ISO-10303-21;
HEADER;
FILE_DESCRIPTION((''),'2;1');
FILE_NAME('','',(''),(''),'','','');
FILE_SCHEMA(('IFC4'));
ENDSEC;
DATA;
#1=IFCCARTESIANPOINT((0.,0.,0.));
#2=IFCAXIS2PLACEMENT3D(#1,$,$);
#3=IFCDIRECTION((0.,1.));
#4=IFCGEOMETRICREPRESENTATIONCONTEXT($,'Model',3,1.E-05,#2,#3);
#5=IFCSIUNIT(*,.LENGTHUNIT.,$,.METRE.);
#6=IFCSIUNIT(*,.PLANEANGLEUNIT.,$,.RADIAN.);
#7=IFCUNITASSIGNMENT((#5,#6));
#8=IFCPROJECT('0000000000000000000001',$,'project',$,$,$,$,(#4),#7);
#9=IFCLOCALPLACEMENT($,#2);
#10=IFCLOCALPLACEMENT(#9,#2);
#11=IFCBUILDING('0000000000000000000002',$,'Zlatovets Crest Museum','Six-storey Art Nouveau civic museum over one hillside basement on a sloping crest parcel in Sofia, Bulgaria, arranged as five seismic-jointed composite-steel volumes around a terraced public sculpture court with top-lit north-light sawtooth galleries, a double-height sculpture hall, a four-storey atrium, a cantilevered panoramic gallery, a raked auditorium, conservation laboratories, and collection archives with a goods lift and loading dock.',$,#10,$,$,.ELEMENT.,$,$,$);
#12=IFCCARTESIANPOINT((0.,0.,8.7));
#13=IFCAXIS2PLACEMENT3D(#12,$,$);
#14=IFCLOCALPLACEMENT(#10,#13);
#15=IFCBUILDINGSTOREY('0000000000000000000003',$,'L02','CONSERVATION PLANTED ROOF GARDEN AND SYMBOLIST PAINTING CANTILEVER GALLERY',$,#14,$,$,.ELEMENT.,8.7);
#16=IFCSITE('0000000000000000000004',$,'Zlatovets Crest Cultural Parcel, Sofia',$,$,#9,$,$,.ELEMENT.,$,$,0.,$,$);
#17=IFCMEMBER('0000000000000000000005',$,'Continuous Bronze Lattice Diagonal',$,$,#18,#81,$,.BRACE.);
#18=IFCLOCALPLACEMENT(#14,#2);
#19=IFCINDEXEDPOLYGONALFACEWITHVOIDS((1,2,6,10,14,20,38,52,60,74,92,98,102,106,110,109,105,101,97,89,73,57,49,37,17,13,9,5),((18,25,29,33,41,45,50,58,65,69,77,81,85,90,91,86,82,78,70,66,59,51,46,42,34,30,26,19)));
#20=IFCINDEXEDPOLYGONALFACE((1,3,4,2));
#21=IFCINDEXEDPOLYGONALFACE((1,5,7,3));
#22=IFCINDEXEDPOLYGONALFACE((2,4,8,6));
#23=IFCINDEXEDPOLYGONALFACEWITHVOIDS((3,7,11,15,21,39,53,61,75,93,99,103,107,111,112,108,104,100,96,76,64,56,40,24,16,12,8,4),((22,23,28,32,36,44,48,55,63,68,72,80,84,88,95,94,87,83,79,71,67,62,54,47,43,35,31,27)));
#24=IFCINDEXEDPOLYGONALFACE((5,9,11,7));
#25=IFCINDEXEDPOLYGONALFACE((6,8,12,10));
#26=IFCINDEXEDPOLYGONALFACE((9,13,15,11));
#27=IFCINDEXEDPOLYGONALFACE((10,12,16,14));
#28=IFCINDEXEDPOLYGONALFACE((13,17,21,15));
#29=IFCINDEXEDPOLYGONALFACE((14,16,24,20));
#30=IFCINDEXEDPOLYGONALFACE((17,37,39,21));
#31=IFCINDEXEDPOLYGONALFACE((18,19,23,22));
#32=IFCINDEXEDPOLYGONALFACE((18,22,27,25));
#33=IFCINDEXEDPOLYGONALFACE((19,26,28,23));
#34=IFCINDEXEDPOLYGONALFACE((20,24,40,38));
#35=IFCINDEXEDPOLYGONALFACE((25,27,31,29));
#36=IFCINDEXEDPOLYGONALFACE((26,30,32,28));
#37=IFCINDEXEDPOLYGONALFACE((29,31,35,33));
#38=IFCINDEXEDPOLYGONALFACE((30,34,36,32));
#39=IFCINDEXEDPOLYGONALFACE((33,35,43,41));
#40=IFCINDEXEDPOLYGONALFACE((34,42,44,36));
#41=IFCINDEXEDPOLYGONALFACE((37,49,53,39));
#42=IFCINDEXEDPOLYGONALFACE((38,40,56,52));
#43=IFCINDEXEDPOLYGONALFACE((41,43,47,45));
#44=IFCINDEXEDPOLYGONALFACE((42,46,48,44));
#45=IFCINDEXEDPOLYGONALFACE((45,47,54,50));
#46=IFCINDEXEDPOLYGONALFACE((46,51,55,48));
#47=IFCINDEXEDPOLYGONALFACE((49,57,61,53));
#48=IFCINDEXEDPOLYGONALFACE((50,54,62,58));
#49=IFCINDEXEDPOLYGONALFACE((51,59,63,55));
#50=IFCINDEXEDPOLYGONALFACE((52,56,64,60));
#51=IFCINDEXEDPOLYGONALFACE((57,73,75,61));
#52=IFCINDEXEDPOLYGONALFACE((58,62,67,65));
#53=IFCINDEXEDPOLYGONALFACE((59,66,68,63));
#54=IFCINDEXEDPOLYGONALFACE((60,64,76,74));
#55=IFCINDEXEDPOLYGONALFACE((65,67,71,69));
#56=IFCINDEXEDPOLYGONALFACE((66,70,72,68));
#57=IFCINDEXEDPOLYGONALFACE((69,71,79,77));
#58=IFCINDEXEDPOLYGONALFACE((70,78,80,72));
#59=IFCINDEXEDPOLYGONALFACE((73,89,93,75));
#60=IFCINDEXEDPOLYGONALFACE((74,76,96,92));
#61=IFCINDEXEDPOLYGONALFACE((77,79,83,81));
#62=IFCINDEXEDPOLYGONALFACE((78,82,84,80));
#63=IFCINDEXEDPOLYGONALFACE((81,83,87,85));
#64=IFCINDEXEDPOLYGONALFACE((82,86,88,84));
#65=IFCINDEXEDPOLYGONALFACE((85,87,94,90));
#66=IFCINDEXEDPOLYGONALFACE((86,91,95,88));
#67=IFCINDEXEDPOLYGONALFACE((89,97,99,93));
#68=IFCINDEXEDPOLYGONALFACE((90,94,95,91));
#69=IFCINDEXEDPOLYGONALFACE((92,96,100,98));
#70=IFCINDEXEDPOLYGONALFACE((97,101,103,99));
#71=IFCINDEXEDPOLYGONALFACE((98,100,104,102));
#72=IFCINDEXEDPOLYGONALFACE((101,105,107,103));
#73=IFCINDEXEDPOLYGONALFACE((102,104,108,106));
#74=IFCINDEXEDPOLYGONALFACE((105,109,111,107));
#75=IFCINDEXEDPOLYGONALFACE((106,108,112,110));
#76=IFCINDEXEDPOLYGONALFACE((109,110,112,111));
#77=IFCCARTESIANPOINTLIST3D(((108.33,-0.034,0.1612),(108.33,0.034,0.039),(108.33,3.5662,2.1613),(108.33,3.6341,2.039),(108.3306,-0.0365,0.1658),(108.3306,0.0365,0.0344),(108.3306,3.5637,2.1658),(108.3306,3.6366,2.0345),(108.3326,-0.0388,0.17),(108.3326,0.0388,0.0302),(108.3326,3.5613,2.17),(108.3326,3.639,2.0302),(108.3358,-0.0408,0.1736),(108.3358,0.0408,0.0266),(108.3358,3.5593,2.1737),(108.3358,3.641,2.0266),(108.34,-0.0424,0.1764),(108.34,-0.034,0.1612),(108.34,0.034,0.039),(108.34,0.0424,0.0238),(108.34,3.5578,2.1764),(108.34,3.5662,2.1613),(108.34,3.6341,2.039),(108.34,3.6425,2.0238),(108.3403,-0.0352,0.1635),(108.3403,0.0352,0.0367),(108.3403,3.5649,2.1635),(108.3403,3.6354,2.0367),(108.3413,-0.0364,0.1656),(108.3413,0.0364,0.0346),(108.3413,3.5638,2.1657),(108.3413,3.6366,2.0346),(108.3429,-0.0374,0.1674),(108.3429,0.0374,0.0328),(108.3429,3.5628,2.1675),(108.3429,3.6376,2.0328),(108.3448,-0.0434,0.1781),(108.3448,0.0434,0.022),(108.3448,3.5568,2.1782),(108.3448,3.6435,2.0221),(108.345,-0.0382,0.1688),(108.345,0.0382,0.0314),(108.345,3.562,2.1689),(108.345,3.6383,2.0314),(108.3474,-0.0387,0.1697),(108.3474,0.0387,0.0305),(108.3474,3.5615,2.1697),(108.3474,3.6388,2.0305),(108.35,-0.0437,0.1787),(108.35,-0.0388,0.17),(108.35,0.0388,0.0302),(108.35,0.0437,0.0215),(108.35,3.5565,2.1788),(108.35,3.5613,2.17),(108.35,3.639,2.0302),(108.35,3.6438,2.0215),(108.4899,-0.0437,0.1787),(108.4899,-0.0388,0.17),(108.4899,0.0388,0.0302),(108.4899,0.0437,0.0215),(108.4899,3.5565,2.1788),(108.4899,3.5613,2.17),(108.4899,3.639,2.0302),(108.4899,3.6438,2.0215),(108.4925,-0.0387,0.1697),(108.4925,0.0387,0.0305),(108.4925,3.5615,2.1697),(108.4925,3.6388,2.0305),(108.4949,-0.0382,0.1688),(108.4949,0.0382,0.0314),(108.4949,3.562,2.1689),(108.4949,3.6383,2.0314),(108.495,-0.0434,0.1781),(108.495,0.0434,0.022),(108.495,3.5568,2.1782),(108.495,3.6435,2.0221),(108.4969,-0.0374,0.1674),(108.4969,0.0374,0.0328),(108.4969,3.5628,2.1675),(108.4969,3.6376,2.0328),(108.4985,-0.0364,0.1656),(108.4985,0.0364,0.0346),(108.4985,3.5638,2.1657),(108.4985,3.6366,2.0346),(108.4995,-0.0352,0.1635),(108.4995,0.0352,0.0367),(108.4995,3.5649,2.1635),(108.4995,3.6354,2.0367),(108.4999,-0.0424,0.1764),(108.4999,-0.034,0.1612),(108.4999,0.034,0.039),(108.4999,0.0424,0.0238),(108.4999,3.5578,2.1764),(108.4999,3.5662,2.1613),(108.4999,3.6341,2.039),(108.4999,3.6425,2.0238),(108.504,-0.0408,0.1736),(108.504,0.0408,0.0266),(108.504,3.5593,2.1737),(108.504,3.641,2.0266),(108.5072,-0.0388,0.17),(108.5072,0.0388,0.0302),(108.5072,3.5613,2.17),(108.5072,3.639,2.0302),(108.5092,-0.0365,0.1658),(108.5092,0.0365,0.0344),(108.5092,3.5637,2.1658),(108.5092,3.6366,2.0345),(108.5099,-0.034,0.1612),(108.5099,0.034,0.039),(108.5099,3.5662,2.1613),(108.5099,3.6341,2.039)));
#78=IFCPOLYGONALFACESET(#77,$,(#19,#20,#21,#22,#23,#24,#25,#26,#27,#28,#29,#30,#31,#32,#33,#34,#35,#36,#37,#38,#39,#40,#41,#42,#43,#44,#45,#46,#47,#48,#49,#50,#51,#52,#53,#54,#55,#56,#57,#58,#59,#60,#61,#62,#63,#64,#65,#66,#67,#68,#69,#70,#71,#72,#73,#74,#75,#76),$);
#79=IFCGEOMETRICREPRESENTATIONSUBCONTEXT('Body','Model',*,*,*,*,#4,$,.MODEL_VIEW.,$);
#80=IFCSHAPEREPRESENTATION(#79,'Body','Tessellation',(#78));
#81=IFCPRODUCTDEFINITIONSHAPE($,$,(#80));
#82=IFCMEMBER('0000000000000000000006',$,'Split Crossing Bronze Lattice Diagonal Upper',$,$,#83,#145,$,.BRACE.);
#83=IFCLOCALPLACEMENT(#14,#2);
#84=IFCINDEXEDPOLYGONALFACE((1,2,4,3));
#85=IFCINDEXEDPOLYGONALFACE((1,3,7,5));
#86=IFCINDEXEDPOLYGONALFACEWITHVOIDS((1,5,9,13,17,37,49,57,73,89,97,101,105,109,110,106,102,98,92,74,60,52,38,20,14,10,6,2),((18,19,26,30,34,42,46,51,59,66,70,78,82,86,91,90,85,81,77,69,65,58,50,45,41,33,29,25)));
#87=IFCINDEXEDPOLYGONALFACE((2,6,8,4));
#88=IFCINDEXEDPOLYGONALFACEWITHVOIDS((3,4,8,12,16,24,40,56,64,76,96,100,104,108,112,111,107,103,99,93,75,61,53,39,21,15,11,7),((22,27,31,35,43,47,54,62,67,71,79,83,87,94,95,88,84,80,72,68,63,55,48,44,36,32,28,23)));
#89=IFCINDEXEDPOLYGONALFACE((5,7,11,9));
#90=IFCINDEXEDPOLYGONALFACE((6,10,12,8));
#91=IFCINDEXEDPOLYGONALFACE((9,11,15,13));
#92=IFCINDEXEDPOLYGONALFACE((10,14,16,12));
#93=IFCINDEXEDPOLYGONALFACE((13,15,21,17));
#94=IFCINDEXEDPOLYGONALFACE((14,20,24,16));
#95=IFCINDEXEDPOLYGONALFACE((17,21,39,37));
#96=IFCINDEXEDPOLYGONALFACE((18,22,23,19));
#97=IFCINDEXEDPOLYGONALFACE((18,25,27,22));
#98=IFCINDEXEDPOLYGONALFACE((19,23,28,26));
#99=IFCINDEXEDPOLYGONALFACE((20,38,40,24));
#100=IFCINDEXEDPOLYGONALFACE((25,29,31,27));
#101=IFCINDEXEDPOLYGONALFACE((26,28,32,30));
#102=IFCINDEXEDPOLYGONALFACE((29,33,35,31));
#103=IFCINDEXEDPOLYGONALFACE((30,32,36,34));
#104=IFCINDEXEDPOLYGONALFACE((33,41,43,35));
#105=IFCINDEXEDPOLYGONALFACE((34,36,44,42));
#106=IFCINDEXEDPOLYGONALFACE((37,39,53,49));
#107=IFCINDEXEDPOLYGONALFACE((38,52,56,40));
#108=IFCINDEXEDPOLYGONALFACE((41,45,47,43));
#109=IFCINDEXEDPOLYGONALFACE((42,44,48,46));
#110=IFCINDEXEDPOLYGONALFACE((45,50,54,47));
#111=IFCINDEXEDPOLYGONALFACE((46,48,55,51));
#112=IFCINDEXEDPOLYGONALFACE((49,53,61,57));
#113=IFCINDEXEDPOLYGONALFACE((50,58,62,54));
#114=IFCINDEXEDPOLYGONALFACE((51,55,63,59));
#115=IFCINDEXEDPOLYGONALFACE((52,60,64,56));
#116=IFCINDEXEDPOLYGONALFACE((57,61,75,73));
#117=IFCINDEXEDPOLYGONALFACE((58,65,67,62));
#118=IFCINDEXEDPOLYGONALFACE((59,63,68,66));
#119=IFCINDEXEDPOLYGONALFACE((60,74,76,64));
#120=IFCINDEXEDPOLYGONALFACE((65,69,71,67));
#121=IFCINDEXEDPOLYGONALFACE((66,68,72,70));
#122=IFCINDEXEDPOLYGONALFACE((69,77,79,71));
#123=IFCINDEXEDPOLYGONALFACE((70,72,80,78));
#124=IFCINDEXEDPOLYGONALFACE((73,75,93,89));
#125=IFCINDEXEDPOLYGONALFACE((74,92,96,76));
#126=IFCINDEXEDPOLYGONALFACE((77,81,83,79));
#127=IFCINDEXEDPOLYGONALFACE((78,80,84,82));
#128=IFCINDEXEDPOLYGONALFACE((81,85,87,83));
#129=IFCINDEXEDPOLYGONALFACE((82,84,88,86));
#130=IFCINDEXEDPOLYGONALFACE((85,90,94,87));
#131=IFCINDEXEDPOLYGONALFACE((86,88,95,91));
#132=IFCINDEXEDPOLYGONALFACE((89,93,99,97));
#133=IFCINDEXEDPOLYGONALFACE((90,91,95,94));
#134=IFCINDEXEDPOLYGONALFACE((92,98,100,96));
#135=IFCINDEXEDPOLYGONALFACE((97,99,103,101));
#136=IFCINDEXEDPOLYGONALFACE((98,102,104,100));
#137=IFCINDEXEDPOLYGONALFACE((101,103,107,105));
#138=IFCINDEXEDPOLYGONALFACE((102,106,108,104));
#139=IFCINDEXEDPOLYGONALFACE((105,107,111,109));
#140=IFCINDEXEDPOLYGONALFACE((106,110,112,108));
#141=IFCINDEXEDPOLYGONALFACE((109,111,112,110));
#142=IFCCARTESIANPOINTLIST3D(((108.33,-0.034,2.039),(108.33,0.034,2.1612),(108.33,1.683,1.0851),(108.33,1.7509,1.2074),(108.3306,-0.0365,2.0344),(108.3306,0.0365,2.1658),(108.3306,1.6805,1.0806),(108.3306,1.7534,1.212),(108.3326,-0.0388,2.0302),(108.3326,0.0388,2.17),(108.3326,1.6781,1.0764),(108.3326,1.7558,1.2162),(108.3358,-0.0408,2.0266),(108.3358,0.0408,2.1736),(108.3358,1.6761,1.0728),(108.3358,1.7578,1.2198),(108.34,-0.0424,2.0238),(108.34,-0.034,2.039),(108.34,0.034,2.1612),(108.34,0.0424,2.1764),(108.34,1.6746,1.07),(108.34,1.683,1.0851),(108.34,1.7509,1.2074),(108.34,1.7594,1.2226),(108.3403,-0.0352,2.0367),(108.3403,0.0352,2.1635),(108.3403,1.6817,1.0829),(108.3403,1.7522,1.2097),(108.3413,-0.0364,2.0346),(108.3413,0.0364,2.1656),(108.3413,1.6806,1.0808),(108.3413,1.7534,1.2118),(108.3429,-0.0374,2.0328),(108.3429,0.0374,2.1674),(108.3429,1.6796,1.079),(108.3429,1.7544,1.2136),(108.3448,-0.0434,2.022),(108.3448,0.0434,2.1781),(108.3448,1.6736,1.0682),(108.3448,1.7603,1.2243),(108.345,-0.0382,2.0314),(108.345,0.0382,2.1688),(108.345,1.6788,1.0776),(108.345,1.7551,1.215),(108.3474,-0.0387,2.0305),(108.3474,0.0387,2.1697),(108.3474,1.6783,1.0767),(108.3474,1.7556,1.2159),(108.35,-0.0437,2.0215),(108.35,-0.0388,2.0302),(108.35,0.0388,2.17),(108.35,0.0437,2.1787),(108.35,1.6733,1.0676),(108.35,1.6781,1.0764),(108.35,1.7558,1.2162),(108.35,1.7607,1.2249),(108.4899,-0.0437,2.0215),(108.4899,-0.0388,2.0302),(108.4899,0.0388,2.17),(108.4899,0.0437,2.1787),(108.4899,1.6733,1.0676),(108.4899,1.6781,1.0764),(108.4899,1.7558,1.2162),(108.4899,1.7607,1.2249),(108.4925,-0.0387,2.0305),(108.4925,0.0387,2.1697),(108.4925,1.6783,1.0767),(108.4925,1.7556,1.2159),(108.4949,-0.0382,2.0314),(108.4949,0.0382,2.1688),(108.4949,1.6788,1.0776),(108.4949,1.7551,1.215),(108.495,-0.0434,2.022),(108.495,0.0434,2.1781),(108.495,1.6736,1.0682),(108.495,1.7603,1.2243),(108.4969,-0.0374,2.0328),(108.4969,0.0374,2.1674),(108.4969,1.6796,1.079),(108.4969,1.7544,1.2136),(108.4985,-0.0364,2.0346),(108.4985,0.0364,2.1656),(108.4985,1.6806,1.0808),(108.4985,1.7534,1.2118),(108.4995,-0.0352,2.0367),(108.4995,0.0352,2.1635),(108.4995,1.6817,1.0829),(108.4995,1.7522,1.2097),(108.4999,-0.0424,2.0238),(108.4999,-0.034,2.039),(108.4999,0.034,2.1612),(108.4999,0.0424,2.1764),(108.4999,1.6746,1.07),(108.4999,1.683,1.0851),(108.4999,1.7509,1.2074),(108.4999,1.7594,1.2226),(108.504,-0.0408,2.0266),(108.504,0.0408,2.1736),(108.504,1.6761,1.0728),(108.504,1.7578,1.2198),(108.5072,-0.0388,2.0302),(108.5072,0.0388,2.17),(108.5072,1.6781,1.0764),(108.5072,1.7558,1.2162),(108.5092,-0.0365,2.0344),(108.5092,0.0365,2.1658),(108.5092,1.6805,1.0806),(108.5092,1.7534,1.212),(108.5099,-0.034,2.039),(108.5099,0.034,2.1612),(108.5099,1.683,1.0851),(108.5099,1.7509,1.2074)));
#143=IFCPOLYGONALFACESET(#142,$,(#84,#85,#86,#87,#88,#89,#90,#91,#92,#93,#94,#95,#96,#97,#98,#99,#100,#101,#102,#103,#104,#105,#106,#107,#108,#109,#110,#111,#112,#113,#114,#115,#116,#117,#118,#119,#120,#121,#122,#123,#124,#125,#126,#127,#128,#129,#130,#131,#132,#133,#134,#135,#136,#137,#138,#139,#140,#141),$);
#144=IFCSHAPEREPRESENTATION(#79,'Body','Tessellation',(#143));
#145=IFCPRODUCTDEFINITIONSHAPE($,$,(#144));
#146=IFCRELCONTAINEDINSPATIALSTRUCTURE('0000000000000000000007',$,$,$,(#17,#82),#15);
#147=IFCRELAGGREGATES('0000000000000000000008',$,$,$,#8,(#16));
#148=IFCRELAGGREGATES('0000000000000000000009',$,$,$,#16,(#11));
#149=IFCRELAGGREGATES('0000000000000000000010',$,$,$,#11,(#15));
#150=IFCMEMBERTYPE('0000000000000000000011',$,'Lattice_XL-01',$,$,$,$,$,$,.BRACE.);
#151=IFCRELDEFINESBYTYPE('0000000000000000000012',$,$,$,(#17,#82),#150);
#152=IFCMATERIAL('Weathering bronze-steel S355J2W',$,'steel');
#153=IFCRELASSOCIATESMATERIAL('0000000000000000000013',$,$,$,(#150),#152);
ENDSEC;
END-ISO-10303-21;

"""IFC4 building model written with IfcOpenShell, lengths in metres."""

from ifc_helpers import new_model, si_unit, direction, frame, origin, origin_2d, place, context, subcontext, project, spatial, hollow_rectangle, extrude, material, material_profile, profile_set, type_object, element, save


model = new_model("IFC4")

# Units and contexts
model_context = context("Model", 3, precision=1e-05, world=origin(), true_north=direction((0.0, 1.0)))
body_context = subcontext(model_context, "Body", "Model", "MODEL_VIEW")
ifc_project = project(units=[si_unit("LENGTHUNIT", "METRE"), si_unit("PLANEANGLEUNIT", "RADIAN")], contexts=[model_context])

# Site, building, storey
site_placement = place(None, origin())
site = spatial("IfcSite", under=ifc_project, at=site_placement, Name="Zlatovets Crest Cultural Parcel, Sofia", CompositionType="ELEMENT", RefElevation=0.0)
building_placement = place(site_placement, origin())
building = spatial("IfcBuilding", under=site, at=building_placement, Name="Zlatovets Crest Museum", Description="Six-storey Art Nouveau civic museum over one hillside basement on a sloping crest parcel in Sofia, Bulgaria, arranged as five seismic-jointed composite-steel volumes around a terraced public sculpture court with top-lit north-light sawtooth galleries, a double-height sculpture hall, a four-storey atrium, a cantilevered panoramic gallery, a raked auditorium, conservation laboratories, and collection archives with a goods lift and loading dock.", CompositionType="ELEMENT")
storey_placement = place(building_placement, frame((0.0, 0.0, 8.7)))
storey = spatial("IfcBuildingStorey", under=building, at=storey_placement, Name="L02", Description="CONSERVATION PLANTED ROOF GARDEN AND SYMBOLIST PAINTING CANTILEVER GALLERY", CompositionType="ELEMENT", Elevation=8.7)

# Members
ifc_material_1 = material(Name="Weathering bronze-steel S355J2W", Category="steel")
ifc_material_profile_1 = material_profile(ifc_material_1, hollow_rectangle(XDim=0.1799, YDim=0.1799, WallThickness=0.01, InnerFilletRadius=0.01, OuterFilletRadius=0.02, at=origin_2d()), Name="SHS 180x180x10.0")
ifc_profile_set_1 = profile_set([ifc_material_profile_1], Name="Weathering bronze-steel S355J2W")
member_type_1 = type_object("IfcMemberType", Name="Lattice_XL-01", PredefinedType="BRACE", material=ifc_profile_set_1)
member_1_placement = place(storey_placement, frame((108.4199, 0.0, 0.1001), z_axis=(0.0, 0.874163, 0.485633), x_axis=(-1.0, 0.0, 0.0)))
element("IfcMember", 1, at=member_1_placement, inside=storey, type_object=member_type_1, Name="Continuous Bronze Lattice Diagonal", PredefinedType="BRACE", context=body_context, shape_type="SweptSolid", body=[
    extrude(hollow_rectangle(XDim=0.1799, YDim=0.1799, WallThickness=0.01, InnerFilletRadius=0.01, OuterFilletRadius=0.02, at=origin_2d()), origin(), (0.0, 0.0, 1.0), 4.1184),
])
for number, where, z_axis, x_axis, name in (
    (2, (108.4199, 0.0, 2.1001), (0.0, 0.874169, -0.485622), (-1.0, 0.0, 0.0), "Split Crossing Bronze Lattice Diagonal Upper"),
):
    element("IfcMember", number, at=place(storey_placement, frame(where, z_axis=z_axis, x_axis=x_axis)), inside=storey, type_object=member_type_1, Name=name, PredefinedType="BRACE", context=body_context, shape_type="SweptSolid", body=[
        extrude(hollow_rectangle(XDim=0.1799, YDim=0.1799, WallThickness=0.01, InnerFilletRadius=0.01, OuterFilletRadius=0.02, at=origin_2d()), origin(), (0.0, 0.0, 1.0), 1.9641),
    ])

save(model, "model.ifc")
